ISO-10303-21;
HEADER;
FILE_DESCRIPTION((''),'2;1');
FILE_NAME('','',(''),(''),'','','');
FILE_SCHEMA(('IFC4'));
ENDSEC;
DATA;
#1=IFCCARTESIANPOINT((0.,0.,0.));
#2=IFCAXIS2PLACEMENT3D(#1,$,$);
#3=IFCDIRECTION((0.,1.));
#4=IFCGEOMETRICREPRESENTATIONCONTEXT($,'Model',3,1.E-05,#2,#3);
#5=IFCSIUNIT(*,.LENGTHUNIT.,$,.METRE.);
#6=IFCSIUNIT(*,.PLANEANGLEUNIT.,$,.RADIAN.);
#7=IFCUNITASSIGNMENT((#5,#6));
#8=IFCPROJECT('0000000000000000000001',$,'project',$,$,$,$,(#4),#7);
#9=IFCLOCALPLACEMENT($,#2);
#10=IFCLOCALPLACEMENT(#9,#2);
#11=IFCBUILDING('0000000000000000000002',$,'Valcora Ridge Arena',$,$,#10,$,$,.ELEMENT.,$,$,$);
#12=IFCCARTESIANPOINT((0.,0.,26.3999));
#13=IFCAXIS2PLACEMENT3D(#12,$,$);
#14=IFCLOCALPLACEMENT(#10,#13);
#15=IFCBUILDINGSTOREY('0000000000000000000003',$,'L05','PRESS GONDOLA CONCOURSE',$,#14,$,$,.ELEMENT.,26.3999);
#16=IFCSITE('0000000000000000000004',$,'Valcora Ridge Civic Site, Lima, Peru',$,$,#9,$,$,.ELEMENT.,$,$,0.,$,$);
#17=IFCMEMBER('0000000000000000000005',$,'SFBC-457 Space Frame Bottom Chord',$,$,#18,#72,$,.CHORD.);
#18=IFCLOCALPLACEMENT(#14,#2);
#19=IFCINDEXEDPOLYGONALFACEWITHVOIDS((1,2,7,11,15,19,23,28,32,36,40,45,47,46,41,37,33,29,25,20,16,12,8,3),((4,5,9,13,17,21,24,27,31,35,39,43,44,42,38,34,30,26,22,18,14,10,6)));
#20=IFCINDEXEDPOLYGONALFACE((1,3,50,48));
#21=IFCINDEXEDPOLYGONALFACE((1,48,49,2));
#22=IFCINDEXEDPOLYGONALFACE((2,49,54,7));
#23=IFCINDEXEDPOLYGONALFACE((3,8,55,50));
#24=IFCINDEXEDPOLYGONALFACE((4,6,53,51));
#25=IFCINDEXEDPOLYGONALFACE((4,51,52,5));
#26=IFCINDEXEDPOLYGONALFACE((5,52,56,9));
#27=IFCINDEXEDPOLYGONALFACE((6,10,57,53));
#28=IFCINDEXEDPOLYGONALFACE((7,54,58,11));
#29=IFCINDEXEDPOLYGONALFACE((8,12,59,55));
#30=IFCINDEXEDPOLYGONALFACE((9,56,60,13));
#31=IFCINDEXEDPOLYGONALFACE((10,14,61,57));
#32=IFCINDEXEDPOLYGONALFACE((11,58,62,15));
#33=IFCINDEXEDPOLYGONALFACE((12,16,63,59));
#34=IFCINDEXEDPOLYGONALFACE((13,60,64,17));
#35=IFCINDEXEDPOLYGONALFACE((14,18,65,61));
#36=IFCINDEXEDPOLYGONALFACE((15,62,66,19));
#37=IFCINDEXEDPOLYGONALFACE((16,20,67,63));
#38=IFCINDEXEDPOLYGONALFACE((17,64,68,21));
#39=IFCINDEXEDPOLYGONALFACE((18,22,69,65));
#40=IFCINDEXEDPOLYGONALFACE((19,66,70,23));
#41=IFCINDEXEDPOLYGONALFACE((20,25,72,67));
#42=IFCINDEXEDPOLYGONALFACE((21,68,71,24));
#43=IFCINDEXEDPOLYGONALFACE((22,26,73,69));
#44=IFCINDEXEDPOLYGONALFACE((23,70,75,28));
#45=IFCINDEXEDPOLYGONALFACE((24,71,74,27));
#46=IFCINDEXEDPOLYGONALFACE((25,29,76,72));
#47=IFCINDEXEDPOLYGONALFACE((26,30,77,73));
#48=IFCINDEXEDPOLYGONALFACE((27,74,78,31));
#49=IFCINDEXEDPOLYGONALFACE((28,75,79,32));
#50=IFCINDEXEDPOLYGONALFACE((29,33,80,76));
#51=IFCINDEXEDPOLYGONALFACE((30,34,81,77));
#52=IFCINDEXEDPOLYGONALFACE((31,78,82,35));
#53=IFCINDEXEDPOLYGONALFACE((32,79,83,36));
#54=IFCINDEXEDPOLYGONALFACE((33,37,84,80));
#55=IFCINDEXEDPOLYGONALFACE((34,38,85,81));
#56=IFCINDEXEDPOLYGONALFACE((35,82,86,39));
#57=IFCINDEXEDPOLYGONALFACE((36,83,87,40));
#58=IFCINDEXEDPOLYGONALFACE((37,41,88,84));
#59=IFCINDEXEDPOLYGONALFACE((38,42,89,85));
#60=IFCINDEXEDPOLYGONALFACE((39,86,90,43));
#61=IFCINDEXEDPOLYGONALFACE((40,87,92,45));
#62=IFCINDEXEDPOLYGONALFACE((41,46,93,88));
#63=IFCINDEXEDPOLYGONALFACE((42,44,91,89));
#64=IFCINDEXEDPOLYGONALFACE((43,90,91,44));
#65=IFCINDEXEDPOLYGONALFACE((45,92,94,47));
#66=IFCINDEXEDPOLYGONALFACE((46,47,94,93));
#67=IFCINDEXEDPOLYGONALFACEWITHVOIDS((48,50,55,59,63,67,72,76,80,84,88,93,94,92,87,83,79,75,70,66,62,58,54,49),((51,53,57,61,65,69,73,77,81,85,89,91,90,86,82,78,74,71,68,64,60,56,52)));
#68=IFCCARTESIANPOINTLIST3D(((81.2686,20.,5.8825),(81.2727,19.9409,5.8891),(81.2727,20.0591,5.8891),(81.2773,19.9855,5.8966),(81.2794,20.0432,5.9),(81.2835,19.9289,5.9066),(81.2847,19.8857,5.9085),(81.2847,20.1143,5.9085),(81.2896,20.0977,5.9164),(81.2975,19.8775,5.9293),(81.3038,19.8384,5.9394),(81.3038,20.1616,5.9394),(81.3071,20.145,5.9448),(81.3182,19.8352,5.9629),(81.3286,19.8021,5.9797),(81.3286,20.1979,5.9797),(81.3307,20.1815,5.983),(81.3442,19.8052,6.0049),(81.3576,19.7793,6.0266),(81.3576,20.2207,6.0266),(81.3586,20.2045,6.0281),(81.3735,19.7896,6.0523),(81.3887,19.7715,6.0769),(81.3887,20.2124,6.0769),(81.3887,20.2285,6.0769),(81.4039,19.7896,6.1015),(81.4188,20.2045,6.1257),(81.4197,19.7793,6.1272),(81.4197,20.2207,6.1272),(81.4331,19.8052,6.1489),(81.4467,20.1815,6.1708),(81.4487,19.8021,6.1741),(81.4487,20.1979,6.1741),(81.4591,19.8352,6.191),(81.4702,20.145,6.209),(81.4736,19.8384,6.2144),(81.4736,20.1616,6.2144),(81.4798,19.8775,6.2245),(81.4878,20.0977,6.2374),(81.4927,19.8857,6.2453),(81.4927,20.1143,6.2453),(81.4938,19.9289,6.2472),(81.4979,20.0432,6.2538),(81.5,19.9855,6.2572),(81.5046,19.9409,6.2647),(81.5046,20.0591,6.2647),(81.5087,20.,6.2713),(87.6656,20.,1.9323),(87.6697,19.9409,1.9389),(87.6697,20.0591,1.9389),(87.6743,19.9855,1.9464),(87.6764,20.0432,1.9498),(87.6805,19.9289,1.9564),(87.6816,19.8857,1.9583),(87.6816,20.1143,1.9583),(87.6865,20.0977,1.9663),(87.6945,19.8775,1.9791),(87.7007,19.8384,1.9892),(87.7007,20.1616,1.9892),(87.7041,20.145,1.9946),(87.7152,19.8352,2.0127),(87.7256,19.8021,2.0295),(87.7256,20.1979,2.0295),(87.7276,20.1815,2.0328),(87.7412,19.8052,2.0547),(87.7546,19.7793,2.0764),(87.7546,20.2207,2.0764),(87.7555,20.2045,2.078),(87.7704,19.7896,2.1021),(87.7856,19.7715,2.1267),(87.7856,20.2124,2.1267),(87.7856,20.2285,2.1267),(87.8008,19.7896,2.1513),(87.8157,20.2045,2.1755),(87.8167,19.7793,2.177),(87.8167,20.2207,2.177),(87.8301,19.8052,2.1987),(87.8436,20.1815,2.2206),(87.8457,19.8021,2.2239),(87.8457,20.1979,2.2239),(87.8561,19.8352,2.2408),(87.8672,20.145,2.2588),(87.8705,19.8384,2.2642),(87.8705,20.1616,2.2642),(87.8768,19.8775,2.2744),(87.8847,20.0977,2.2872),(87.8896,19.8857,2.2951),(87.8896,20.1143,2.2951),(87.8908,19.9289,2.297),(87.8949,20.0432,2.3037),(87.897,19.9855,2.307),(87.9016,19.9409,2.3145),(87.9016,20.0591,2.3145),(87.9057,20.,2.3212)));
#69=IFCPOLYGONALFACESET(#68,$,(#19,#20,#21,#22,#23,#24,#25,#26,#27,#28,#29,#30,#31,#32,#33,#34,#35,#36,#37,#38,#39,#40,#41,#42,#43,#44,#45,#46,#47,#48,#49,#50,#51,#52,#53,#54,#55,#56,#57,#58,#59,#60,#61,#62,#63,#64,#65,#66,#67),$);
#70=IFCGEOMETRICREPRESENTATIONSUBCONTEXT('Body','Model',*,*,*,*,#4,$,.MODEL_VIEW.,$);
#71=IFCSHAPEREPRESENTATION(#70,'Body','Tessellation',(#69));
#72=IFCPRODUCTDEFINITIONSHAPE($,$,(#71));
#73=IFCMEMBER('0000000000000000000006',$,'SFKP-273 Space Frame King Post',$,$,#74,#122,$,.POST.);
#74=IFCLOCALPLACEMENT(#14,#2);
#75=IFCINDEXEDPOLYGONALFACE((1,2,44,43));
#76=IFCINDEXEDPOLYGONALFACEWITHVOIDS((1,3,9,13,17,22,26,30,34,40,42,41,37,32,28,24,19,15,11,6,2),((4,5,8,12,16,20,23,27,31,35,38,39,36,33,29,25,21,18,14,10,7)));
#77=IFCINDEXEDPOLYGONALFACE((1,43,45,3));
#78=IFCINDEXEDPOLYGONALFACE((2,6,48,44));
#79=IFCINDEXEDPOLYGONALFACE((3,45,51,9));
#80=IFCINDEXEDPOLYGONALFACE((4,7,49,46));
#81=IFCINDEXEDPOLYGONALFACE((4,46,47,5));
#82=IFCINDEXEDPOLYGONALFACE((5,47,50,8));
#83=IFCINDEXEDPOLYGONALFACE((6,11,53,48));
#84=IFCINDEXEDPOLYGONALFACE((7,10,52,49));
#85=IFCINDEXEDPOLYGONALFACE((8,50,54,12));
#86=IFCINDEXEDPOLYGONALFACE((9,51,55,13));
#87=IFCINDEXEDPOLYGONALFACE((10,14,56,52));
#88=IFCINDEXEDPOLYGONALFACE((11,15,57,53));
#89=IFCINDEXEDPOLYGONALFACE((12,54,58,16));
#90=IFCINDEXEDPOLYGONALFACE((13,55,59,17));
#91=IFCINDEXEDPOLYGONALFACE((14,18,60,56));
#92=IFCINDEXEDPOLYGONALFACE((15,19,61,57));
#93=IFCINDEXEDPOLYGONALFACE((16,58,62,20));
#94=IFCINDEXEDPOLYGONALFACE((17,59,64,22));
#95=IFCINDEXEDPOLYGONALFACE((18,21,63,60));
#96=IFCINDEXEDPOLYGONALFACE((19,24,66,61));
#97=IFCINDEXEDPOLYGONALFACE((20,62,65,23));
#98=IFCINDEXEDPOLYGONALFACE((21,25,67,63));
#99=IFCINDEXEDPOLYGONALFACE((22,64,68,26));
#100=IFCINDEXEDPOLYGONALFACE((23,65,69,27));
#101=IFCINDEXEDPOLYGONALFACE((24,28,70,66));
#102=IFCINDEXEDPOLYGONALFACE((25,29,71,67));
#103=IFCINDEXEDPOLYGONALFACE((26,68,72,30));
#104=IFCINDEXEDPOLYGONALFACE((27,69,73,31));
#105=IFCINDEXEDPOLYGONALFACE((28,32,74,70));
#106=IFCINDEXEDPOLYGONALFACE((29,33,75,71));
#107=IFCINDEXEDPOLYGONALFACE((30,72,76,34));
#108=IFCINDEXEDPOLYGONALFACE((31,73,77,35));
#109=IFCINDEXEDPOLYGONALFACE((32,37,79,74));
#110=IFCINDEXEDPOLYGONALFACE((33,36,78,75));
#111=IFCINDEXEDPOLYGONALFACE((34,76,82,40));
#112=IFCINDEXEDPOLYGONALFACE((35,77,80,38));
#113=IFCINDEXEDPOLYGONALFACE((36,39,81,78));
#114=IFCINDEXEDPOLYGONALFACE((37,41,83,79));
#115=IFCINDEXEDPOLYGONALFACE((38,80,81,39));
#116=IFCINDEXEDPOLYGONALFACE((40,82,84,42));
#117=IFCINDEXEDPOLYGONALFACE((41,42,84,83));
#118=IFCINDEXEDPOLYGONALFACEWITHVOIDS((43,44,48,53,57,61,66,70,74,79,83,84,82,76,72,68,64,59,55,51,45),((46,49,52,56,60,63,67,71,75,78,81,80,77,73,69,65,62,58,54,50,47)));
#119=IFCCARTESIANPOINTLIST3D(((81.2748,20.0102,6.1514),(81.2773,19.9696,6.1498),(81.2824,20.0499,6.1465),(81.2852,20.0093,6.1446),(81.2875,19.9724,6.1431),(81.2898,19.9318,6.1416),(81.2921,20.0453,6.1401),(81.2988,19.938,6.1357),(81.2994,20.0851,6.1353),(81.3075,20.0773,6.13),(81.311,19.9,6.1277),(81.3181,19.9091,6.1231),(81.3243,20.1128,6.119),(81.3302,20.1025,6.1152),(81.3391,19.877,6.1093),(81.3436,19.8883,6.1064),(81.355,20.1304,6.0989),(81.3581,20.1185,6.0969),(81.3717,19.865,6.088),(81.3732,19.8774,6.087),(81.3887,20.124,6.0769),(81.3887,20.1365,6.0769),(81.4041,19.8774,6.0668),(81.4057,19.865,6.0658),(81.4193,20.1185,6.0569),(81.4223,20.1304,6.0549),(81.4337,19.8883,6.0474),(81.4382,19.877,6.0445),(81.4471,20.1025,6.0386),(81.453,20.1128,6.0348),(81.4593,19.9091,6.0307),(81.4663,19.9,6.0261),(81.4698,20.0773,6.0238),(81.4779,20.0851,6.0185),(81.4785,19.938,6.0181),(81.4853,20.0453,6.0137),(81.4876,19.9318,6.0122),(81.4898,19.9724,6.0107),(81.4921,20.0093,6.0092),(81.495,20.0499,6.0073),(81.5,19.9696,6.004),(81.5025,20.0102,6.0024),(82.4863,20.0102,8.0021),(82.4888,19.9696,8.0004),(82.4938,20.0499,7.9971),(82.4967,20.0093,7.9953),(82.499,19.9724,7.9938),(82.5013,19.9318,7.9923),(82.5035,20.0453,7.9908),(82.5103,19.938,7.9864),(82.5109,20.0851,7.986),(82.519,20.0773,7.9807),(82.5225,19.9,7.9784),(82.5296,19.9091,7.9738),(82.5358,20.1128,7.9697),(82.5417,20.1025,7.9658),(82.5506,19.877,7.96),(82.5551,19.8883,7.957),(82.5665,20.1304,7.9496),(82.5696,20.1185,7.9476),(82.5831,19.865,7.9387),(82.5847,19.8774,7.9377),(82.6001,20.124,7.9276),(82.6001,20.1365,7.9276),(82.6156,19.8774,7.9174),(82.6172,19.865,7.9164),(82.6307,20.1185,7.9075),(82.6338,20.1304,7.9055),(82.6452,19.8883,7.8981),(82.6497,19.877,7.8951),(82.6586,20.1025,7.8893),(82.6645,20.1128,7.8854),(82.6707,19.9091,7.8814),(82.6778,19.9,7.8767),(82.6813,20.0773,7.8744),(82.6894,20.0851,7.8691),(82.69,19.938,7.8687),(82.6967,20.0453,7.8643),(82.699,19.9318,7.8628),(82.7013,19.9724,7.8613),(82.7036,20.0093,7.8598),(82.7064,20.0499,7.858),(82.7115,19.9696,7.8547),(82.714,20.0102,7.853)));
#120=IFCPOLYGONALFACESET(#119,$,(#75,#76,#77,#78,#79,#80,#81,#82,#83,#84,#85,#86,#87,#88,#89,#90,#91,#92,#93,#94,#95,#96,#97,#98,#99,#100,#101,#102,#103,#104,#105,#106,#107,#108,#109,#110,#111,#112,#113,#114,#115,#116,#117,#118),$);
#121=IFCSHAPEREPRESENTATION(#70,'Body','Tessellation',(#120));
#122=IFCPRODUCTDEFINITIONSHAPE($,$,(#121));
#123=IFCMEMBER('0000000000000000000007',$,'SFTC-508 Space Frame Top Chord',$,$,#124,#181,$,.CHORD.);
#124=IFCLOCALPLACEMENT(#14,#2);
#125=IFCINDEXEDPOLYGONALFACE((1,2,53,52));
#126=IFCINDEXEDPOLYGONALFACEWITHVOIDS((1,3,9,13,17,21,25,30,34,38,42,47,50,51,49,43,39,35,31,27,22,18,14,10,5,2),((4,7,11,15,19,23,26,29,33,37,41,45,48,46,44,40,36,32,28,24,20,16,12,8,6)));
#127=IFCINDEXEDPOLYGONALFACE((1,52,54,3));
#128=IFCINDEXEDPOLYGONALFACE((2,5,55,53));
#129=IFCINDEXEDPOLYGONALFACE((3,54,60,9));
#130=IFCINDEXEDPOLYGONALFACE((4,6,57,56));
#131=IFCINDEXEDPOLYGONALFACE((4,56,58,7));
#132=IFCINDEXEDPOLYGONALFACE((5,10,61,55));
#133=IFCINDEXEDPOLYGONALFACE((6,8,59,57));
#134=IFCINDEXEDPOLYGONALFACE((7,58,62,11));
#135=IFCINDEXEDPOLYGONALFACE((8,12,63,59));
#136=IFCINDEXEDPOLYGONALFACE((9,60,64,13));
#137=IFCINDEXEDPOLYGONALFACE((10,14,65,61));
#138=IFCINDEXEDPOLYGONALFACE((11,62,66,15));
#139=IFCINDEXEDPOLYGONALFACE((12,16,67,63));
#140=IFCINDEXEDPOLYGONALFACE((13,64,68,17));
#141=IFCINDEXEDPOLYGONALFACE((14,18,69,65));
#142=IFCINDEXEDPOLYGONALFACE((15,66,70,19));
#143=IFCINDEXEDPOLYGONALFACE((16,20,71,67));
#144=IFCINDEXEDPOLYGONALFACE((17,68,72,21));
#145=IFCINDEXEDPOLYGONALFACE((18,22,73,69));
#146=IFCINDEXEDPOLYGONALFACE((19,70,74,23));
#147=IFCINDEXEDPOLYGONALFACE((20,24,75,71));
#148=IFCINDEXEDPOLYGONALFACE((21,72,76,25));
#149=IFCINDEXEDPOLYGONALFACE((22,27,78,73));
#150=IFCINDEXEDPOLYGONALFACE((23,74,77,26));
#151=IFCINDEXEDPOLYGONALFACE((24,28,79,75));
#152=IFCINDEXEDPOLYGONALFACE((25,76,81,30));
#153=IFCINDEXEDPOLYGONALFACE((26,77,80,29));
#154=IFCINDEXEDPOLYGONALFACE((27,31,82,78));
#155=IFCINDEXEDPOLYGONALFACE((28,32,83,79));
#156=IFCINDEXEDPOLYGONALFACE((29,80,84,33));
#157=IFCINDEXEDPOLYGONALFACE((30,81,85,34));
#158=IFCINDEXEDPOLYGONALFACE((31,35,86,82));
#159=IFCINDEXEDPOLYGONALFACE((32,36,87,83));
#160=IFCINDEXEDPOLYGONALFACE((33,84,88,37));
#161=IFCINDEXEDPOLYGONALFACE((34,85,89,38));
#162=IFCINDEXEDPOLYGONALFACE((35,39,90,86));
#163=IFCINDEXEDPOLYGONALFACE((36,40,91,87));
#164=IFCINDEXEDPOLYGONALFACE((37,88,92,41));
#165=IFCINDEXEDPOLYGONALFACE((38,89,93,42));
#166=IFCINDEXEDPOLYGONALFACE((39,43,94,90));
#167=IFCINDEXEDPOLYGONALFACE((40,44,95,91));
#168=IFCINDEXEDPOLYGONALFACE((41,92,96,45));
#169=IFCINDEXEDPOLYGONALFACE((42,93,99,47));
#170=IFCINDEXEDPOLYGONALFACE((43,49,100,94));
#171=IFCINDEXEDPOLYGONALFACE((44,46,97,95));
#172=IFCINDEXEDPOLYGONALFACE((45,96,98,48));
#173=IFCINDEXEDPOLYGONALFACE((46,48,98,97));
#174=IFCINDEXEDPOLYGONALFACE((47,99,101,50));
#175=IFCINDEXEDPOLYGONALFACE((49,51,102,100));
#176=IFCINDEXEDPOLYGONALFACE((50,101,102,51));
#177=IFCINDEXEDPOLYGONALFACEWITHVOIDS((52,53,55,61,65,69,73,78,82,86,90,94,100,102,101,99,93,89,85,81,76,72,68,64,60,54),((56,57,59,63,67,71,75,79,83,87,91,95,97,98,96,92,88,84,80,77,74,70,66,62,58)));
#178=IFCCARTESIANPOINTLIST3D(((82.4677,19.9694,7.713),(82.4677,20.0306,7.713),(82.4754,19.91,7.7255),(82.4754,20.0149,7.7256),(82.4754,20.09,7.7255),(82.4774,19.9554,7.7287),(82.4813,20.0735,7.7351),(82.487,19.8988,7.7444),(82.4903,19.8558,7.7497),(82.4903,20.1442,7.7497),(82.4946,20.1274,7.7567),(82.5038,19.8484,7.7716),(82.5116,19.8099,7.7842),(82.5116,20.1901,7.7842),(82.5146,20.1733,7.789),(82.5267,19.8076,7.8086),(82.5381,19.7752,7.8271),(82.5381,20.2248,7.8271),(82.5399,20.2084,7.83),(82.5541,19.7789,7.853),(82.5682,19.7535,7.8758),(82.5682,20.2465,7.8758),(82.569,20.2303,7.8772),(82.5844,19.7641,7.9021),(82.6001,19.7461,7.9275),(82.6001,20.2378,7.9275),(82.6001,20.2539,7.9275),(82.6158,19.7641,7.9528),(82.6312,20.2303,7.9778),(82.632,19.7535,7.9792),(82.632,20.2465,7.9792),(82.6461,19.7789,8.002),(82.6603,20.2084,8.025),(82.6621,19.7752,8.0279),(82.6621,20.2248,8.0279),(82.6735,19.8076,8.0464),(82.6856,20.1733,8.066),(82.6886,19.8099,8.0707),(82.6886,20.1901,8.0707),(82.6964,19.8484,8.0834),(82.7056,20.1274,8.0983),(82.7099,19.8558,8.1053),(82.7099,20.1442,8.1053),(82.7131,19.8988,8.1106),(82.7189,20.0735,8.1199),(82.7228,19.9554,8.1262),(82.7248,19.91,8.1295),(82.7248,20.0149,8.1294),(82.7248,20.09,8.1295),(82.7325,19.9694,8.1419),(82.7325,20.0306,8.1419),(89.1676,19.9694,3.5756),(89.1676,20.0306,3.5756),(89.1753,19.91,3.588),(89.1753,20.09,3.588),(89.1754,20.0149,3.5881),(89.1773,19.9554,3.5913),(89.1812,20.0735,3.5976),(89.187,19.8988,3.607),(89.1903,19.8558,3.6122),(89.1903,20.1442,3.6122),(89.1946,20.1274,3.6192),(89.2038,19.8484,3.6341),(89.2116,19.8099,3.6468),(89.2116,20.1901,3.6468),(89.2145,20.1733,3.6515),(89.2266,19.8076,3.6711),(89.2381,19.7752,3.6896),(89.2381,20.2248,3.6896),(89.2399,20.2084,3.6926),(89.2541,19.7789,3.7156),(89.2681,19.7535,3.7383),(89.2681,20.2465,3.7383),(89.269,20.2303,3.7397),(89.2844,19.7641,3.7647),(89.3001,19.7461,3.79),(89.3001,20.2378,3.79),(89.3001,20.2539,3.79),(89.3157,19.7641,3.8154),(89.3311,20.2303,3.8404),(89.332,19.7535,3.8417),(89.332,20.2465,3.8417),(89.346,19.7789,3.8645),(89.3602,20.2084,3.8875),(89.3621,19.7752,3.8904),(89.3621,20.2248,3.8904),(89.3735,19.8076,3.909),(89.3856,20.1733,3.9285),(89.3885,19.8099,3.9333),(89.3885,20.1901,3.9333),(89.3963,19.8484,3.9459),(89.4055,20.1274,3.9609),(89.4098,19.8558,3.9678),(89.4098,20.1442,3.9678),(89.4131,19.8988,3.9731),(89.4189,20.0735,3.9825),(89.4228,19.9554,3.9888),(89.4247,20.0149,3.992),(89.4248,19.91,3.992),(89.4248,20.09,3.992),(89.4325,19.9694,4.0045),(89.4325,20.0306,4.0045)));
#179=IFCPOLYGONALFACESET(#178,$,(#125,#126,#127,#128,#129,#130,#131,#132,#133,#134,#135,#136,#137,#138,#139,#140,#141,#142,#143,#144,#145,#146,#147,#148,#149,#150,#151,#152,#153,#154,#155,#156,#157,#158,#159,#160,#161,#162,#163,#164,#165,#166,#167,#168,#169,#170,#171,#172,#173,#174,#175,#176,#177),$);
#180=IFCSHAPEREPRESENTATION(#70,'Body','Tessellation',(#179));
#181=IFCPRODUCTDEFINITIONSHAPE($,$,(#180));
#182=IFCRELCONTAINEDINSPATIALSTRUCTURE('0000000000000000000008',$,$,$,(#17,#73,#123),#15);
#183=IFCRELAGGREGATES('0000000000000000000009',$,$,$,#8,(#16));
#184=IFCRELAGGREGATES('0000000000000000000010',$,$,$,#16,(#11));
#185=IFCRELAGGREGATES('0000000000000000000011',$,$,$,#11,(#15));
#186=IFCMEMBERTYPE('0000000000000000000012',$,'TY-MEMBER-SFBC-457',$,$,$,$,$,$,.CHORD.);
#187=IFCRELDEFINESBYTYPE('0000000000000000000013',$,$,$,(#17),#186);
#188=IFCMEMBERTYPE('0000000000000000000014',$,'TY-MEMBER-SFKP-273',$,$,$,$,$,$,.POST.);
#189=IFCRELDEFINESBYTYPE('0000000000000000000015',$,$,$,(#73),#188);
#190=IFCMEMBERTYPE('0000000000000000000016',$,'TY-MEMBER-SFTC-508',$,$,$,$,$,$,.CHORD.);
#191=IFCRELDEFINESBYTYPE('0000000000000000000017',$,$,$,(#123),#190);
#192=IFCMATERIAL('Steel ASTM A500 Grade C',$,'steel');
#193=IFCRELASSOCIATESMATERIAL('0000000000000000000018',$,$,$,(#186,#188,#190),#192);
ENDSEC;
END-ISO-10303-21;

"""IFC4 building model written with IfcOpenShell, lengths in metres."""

from ifc_helpers import new_model, si_unit, direction, frame, origin, origin_2d, place, context, subcontext, project, spatial, hollow_circle, extrude, material, material_profile, profile_set, type_object, element, save


model = new_model("IFC4")

# Units and contexts
model_context = context("Model", 3, precision=1e-05, world=origin(), true_north=direction((0.0, 1.0)))
body_context = subcontext(model_context, "Body", "Model", "MODEL_VIEW")
ifc_project = project(units=[si_unit("LENGTHUNIT", "METRE"), si_unit("PLANEANGLEUNIT", "RADIAN")], contexts=[model_context])

# Site, building, storey
site_placement = place(None, origin())
site = spatial("IfcSite", under=ifc_project, at=site_placement, Name="Valcora Ridge Civic Site, Lima, Peru", CompositionType="ELEMENT", RefElevation=0.0)
building_placement = place(site_placement, origin())
building = spatial("IfcBuilding", under=site, at=building_placement, Name="Valcora Ridge Arena", CompositionType="ELEMENT")
storey_placement = place(building_placement, frame((0.0, 0.0, 26.3999)))
storey = spatial("IfcBuildingStorey", under=building, at=storey_placement, Name="L05", Description="PRESS GONDOLA CONCOURSE", CompositionType="ELEMENT", Elevation=26.3999)

# Members
ifc_material_1 = material(Name="Steel ASTM A500 Grade C", Category="steel")
ifc_material_profile_1 = material_profile(ifc_material_1, hollow_circle(Radius=0.2285, WallThickness=0.0161, at=origin_2d()), Name="CHS457X16")
ifc_profile_set_1 = profile_set([ifc_material_profile_1], Name="Steel ASTM A500 Grade C")
member_type_1 = type_object("IfcMemberType", Name="TY-MEMBER-SFBC-457", PredefinedType="CHORD", material=ifc_profile_set_1)
member_1_placement = place(storey_placement, frame((81.3887, 20.0, 6.0769), z_axis=(0.85085, 0.0, -0.525409), x_axis=(0.0, 1.0, 0.0)))
element("IfcMember", 1, at=member_1_placement, inside=storey, type_object=member_type_1, Name="SFBC-457 Space Frame Bottom Chord", PredefinedType="CHORD", context=body_context, shape_type="SweptSolid", body=[
    extrude(hollow_circle(Radius=0.2285, WallThickness=0.0161, at=origin_2d()), origin(), (0.0, 0.0, 1.0), 7.5183),
])
ifc_material_profile_2 = material_profile(ifc_material_1, hollow_circle(Radius=0.1365, WallThickness=0.0125, at=origin_2d()), Name="CHS273X12")
ifc_profile_set_2 = profile_set([ifc_material_profile_2], Name="Steel ASTM A500 Grade C")
member_type_2 = type_object("IfcMemberType", Name="TY-MEMBER-SFKP-273", PredefinedType="POST", material=ifc_profile_set_2)
member_2_placement = place(storey_placement, frame((81.3887, 20.0, 6.0769), z_axis=(0.547701, 0.0, 0.836674), x_axis=(0.0, 1.0, 0.0)))
element("IfcMember", 2, at=member_2_placement, inside=storey, type_object=member_type_2, Name="SFKP-273 Space Frame King Post", PredefinedType="POST", context=body_context, shape_type="SweptSolid", body=[
    extrude(hollow_circle(Radius=0.1365, WallThickness=0.0125, at=origin_2d()), origin(), (0.0, 0.0, 1.0), 2.2119),
])
ifc_material_profile_3 = material_profile(ifc_material_1, hollow_circle(Radius=0.2539, WallThickness=0.0161, at=origin_2d()), Name="CHS508X16")
ifc_profile_set_3 = profile_set([ifc_material_profile_3], Name="Steel ASTM A500 Grade C")
member_type_3 = type_object("IfcMemberType", Name="TY-MEMBER-SFTC-508", PredefinedType="CHORD", material=ifc_profile_set_3)
member_3_placement = place(storey_placement, frame((82.6001, 20.0, 7.9275), z_axis=(0.850841, 0.0, -0.525424), x_axis=(0.0, 1.0, 0.0)))
element("IfcMember", 3, at=member_3_placement, inside=storey, type_object=member_type_3, Name="SFTC-508 Space Frame Top Chord", PredefinedType="CHORD", context=body_context, shape_type="SweptSolid", body=[
    extrude(hollow_circle(Radius=0.2539, WallThickness=0.0161, at=origin_2d()), origin(), (0.0, 0.0, 1.0), 7.8745),
])

save(model, "model.ifc")
